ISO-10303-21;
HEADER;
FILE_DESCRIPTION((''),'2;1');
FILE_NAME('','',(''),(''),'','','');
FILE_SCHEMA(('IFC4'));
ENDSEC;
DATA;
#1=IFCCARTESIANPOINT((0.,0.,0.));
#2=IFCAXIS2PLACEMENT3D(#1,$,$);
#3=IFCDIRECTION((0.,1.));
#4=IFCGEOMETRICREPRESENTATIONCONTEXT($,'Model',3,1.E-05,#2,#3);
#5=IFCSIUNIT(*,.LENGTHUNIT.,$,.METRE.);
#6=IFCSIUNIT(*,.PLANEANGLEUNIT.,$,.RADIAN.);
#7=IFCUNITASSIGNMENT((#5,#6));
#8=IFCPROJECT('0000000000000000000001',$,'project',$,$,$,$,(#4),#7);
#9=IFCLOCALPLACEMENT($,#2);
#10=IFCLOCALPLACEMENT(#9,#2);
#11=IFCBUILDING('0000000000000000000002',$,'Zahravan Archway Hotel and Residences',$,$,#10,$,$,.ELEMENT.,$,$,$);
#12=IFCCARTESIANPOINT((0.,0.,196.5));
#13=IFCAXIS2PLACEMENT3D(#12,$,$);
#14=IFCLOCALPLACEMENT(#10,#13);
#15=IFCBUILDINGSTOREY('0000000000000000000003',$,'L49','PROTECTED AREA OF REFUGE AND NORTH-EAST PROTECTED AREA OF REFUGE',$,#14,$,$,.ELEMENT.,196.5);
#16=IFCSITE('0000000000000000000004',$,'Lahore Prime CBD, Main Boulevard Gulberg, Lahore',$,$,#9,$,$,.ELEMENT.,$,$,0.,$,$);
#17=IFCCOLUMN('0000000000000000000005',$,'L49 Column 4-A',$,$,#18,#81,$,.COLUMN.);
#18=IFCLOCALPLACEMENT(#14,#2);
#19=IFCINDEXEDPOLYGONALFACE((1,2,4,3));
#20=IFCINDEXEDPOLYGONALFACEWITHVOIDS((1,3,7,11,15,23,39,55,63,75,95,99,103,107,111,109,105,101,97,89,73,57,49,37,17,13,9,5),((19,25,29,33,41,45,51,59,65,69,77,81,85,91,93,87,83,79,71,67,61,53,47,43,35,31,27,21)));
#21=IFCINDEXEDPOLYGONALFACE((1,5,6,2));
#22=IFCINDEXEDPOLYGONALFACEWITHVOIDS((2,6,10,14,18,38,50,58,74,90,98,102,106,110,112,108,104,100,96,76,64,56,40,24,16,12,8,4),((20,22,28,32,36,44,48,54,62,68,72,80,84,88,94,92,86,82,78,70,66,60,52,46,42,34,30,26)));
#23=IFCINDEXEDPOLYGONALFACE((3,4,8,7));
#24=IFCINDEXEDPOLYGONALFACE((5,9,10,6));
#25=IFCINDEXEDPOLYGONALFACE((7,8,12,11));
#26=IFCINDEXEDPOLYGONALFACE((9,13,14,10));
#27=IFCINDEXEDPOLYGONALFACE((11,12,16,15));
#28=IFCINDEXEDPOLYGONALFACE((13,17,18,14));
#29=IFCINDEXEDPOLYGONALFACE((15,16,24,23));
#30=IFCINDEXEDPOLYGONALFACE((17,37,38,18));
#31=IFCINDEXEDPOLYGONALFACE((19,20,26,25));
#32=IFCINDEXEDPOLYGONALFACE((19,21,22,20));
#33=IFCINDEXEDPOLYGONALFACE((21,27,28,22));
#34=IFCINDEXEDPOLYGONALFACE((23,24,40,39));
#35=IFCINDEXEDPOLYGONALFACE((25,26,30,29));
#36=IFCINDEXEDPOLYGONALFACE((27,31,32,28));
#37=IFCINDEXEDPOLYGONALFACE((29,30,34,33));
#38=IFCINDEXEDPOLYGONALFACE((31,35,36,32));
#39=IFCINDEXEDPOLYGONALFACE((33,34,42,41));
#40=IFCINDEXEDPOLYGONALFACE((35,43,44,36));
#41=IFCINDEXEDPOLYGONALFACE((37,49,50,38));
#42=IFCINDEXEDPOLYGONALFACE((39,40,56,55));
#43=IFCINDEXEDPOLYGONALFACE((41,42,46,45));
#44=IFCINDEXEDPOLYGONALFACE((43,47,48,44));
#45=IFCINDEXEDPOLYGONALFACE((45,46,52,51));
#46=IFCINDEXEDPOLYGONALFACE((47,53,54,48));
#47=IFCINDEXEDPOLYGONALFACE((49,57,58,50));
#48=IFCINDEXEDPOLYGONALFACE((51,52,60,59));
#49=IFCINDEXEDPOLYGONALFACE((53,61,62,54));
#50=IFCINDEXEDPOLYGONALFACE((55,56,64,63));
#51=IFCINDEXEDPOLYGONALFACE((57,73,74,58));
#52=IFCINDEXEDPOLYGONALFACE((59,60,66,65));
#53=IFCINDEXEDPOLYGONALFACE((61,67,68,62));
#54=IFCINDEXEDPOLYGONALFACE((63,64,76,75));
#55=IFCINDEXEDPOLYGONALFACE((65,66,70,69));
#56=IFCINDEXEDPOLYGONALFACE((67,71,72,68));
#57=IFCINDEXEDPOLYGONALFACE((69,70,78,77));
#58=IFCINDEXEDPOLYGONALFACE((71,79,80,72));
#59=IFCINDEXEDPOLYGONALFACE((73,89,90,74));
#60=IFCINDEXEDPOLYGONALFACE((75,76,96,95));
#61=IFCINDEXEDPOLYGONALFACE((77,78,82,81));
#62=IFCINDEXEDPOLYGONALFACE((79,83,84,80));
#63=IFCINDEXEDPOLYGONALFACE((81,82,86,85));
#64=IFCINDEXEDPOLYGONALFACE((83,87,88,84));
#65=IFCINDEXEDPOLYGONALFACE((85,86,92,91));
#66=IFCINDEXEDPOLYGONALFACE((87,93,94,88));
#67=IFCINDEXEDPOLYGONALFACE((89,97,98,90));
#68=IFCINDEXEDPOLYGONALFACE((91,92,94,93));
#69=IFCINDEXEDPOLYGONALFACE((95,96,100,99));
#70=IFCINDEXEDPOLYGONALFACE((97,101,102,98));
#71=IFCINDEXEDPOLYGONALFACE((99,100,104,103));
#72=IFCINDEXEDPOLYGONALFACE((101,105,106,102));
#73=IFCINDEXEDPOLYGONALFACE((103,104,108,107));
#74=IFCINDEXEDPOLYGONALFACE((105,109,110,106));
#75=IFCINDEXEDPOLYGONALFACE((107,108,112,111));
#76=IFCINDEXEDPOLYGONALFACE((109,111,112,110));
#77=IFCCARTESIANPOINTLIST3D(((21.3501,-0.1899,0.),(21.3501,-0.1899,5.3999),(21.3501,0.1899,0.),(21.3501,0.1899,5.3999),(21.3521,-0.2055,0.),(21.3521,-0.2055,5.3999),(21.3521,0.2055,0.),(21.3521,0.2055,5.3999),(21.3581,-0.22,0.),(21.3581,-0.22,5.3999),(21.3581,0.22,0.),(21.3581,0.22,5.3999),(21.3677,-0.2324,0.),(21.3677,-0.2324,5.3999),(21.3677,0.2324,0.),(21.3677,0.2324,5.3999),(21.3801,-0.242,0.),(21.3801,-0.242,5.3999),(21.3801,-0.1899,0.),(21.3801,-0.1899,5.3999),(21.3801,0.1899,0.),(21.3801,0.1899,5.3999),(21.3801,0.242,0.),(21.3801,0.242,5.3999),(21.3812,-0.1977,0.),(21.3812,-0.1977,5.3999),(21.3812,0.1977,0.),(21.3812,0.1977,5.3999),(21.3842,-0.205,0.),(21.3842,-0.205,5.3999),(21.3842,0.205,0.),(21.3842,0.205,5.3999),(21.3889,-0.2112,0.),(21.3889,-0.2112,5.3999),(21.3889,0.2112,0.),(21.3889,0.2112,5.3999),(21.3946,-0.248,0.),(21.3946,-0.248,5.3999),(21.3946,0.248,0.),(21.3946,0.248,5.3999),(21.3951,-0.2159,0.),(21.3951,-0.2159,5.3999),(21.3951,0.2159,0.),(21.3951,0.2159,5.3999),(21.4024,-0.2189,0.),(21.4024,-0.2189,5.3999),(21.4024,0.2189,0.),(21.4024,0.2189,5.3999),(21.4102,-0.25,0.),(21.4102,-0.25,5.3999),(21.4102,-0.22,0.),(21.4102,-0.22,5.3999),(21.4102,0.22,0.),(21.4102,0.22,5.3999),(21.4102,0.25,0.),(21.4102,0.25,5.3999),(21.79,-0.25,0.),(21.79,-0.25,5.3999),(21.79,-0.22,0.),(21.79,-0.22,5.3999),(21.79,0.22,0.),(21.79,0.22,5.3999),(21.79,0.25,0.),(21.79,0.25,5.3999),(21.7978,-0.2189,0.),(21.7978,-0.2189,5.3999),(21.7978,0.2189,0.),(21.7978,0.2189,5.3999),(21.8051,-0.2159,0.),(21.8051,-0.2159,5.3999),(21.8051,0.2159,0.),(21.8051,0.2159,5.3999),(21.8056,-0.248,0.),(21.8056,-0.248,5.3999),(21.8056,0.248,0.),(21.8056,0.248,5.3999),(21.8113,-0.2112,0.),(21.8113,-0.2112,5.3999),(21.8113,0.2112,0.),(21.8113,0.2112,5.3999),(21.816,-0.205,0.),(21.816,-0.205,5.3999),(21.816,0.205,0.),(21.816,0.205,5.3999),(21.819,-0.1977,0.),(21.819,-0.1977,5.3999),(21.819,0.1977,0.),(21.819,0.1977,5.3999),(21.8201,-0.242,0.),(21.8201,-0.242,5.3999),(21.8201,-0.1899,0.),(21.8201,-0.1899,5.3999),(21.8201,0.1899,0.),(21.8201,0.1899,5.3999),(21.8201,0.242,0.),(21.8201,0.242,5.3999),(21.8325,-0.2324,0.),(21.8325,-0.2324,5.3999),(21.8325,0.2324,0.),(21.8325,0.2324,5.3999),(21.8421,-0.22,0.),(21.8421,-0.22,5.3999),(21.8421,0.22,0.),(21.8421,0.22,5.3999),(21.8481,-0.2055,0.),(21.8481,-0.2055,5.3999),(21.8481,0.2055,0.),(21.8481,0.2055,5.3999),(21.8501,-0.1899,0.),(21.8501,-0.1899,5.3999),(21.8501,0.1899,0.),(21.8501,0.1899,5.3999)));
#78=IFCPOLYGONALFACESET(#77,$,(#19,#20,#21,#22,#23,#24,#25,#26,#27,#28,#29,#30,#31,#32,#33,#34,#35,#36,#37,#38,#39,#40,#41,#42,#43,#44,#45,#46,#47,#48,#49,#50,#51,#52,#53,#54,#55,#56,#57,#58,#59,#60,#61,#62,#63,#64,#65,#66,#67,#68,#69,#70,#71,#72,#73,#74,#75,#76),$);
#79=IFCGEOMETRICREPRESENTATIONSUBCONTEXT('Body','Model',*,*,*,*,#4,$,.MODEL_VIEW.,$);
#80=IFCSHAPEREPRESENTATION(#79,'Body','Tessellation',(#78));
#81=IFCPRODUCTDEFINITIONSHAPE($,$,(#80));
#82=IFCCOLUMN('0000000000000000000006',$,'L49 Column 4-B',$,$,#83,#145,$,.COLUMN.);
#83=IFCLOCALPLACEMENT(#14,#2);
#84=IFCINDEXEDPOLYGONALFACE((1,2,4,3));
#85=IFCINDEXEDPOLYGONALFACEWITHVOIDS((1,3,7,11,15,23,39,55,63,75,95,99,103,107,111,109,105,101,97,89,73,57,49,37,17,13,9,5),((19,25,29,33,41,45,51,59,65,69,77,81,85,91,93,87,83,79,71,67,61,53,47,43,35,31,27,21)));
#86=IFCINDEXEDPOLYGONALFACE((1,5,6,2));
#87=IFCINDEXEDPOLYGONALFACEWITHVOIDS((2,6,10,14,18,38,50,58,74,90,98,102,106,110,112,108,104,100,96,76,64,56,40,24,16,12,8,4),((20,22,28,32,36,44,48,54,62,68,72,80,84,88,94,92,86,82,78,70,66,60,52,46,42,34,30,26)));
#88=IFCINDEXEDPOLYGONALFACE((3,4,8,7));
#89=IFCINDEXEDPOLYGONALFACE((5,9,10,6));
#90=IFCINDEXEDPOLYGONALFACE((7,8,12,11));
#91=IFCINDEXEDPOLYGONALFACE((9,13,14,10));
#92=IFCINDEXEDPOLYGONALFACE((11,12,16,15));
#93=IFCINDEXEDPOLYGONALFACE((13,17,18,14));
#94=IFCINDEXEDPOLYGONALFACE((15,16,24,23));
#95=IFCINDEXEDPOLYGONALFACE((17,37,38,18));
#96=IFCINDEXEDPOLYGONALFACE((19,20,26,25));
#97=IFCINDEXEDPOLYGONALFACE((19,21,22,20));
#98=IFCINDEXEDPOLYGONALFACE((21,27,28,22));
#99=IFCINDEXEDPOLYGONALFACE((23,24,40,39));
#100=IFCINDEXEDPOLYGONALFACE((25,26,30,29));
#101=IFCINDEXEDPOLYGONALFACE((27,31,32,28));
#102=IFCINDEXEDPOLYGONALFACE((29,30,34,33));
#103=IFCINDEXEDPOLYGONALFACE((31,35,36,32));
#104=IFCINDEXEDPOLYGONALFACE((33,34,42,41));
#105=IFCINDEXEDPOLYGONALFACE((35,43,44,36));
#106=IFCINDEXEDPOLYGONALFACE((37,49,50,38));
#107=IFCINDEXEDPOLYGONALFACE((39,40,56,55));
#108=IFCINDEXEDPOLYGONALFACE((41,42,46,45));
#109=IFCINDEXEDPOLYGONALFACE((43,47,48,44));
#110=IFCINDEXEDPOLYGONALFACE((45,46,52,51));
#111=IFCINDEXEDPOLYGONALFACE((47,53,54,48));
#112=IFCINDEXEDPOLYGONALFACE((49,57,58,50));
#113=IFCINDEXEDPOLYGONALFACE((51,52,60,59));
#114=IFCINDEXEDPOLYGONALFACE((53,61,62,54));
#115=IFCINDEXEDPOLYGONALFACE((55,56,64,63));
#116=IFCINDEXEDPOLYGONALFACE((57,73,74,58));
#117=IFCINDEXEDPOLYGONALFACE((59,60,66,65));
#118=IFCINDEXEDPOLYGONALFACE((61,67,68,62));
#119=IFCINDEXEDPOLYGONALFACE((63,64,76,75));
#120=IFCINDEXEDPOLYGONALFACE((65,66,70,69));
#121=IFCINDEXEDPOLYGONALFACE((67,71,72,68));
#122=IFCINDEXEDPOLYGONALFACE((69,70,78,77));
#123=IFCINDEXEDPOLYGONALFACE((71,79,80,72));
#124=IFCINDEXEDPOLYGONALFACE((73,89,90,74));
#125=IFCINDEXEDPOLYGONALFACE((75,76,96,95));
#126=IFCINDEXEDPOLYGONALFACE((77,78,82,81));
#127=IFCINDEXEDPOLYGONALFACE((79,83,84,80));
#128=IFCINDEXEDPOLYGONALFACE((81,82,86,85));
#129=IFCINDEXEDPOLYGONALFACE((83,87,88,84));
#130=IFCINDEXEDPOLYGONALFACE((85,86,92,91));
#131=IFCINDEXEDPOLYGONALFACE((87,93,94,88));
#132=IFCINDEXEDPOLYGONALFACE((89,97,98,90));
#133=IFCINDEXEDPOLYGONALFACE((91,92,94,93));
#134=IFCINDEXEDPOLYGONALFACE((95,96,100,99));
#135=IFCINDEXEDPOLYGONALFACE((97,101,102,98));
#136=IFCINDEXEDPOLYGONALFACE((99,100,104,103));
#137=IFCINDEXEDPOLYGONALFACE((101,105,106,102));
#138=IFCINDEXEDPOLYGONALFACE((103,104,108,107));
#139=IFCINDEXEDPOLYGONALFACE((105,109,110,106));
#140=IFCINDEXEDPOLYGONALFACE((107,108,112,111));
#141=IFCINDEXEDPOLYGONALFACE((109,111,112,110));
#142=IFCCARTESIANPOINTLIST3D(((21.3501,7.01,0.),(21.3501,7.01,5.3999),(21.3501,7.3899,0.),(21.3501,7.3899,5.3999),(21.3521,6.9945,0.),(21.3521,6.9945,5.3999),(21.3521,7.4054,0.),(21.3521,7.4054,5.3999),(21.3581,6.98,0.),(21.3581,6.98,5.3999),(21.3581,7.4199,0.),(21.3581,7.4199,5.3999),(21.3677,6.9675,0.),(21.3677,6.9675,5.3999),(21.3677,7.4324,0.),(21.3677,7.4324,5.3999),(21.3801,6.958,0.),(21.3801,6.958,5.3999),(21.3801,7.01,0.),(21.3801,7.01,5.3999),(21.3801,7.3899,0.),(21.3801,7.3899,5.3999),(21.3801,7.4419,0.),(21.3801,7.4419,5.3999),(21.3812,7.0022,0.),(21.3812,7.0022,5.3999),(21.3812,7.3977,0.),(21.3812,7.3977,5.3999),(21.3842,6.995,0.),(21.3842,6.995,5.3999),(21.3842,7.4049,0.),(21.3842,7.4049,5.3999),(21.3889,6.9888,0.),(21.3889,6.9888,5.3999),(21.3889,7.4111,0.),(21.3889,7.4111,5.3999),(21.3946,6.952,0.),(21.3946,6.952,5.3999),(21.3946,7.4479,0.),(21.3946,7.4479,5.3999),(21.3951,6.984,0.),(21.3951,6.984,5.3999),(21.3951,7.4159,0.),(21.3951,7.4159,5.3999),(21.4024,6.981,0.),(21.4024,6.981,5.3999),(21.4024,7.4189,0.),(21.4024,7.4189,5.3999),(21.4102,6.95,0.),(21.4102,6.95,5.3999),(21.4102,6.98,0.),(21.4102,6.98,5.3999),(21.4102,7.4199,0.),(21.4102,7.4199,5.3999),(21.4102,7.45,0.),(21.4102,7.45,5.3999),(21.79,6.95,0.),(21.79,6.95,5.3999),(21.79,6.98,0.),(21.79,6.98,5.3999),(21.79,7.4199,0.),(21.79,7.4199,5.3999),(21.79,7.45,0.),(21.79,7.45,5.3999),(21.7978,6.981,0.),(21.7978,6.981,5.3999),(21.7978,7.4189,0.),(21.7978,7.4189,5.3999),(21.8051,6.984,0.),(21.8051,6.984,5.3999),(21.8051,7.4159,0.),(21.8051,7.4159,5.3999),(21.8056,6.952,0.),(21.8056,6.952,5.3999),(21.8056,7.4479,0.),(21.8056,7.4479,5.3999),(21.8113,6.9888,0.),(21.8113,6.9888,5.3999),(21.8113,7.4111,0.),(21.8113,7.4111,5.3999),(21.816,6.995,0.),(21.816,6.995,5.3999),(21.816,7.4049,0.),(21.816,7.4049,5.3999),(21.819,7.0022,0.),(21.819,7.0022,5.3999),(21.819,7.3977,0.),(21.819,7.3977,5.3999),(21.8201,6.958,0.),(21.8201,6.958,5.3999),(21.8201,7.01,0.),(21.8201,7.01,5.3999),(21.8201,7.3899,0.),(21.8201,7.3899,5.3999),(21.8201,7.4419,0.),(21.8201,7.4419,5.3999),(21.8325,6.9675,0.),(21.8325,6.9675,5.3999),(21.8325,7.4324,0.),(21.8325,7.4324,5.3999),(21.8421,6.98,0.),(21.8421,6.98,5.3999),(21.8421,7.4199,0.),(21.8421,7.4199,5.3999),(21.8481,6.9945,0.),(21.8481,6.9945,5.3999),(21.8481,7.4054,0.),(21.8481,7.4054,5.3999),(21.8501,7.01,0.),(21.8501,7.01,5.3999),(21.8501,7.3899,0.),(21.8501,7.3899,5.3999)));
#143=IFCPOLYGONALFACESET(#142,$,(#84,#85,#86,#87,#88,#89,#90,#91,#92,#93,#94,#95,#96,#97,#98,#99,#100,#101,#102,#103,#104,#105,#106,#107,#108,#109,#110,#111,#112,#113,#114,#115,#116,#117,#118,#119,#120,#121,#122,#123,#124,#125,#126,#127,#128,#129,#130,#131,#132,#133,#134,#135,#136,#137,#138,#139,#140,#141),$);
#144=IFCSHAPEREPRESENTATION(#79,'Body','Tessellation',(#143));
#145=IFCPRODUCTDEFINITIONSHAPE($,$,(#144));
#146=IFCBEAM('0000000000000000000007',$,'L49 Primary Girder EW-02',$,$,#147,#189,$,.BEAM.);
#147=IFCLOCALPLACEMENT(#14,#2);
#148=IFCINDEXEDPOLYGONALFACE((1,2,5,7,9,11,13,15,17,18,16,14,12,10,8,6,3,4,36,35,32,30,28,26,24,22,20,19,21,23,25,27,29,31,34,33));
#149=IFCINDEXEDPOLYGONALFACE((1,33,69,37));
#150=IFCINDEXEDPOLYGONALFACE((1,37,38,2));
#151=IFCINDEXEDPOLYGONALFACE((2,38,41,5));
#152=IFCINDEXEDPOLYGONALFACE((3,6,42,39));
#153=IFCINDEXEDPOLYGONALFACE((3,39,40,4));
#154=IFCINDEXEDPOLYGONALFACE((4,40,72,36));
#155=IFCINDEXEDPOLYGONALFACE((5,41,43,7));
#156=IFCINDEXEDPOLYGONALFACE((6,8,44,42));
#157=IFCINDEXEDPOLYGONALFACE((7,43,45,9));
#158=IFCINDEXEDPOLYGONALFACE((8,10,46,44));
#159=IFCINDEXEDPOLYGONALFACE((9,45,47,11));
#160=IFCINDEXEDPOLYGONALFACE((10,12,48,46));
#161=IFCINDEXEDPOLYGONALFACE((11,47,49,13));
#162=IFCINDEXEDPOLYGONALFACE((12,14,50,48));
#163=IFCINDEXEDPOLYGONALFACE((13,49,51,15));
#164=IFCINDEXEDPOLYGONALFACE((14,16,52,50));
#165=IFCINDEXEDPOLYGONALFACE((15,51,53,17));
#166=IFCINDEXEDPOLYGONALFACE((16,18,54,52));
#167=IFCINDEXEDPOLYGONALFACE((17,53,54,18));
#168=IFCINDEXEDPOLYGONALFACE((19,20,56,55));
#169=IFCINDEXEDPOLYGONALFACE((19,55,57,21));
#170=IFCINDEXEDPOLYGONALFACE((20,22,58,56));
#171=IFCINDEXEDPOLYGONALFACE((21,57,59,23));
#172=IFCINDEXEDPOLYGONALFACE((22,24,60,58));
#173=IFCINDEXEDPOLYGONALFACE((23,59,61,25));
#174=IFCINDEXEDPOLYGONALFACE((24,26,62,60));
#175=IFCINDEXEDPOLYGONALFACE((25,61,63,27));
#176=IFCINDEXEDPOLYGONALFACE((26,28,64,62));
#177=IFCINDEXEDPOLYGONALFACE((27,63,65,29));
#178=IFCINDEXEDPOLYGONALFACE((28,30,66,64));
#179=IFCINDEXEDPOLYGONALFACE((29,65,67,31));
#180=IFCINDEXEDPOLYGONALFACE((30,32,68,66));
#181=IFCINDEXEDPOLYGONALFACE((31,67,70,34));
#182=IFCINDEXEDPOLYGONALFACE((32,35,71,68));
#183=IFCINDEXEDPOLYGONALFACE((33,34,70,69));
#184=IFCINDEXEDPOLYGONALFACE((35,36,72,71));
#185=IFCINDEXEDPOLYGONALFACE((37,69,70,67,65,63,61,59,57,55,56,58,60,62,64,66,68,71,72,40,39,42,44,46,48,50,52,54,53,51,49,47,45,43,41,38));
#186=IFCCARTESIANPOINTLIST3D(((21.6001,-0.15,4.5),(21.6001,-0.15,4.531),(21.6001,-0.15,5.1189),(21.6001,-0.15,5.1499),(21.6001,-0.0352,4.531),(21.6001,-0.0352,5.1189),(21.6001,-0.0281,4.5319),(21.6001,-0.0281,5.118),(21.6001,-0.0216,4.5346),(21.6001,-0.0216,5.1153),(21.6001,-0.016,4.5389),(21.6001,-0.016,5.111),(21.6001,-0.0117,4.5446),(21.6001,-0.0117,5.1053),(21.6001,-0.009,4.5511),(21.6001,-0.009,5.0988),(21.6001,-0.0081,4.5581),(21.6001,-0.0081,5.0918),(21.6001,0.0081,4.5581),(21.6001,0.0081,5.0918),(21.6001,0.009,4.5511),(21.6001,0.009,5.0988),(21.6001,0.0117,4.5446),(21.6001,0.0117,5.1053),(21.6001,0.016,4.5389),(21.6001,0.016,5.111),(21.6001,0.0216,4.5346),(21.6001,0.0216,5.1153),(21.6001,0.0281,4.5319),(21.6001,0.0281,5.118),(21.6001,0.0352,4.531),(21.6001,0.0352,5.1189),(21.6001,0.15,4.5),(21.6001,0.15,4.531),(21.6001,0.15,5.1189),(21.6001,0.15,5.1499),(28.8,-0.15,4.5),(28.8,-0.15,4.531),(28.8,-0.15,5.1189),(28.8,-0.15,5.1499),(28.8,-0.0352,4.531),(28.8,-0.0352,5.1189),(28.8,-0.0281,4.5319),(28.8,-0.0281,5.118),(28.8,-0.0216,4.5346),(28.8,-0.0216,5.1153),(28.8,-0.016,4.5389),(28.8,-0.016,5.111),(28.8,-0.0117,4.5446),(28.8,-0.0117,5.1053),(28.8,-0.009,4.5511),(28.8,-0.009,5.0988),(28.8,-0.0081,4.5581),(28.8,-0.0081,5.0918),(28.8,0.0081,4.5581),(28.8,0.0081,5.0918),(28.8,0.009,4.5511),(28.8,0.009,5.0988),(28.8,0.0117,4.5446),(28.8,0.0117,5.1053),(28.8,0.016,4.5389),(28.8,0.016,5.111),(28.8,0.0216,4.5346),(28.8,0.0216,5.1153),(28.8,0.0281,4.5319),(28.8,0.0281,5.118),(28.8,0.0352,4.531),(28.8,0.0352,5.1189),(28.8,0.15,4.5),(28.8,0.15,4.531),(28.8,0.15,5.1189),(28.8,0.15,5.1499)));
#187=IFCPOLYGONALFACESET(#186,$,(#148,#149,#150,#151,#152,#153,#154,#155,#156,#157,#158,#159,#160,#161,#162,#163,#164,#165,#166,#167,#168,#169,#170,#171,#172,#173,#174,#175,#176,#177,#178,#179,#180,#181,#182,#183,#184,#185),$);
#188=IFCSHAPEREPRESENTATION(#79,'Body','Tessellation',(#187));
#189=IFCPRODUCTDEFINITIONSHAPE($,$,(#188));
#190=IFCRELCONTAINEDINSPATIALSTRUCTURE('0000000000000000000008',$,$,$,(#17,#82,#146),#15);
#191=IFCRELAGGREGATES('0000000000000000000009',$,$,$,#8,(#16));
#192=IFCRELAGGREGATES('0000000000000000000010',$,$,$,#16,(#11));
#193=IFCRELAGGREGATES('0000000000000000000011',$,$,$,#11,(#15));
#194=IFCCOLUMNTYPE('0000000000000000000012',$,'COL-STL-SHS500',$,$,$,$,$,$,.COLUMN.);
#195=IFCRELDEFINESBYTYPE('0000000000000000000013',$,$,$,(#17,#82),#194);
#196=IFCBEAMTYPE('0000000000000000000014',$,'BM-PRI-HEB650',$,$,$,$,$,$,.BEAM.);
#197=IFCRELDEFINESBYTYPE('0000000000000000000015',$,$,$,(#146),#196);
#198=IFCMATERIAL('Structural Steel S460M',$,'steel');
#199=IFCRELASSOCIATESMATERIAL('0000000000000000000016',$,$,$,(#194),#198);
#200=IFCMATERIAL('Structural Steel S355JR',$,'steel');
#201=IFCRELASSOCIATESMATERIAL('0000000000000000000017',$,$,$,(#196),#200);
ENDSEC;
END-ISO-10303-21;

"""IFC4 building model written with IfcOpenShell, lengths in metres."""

from ifc_helpers import new_model, si_unit, direction, frame, origin, origin_2d, place, context, subcontext, project, spatial, hollow_rectangle, i_section, extrude, source, transform, mapped, material, material_profile, profile_set, type_object, type_shapes, element, save


model = new_model("IFC4")

# Units and contexts
model_context = context("Model", 3, precision=1e-05, world=origin(), true_north=direction((0.0, 1.0)))
body_context = subcontext(model_context, "Body", "Model", "MODEL_VIEW")
ifc_project = project(units=[si_unit("LENGTHUNIT", "METRE"), si_unit("PLANEANGLEUNIT", "RADIAN")], contexts=[model_context])

# Site, building, storey
site_placement = place(None, origin())
site = spatial("IfcSite", under=ifc_project, at=site_placement, Name="Lahore Prime CBD, Main Boulevard Gulberg, Lahore", CompositionType="ELEMENT", RefElevation=0.0)
building_placement = place(site_placement, origin())
building = spatial("IfcBuilding", under=site, at=building_placement, Name="Zahravan Archway Hotel and Residences", CompositionType="ELEMENT")
storey_placement = place(building_placement, frame((0.0, 0.0, 196.5)))
storey = spatial("IfcBuildingStorey", under=building, at=storey_placement, Name="L49", Description="PROTECTED AREA OF REFUGE AND NORTH-EAST PROTECTED AREA OF REFUGE", CompositionType="ELEMENT", Elevation=196.5)

# Columns
ifc_material_1 = material(Name="Structural Steel S460M", Category="steel")
ifc_material_profile_1 = material_profile(ifc_material_1, hollow_rectangle(XDim=0.5, YDim=0.5, WallThickness=0.03, InnerFilletRadius=0.03, OuterFilletRadius=0.0601, at=origin_2d()), Name="SHS 500x500x30", Category="steel")
ifc_profile_set_1 = profile_set([ifc_material_profile_1], Name="Structural Steel S460M")
column_type = type_object("IfcColumnType", Name="COL-STL-SHS500", PredefinedType="COLUMN", material=ifc_profile_set_1)
shared_shape_1 = source(origin(), body_context, "Body", "SweptSolid", [
    extrude(hollow_rectangle(XDim=0.5, YDim=0.5, WallThickness=0.03, InnerFilletRadius=0.03, OuterFilletRadius=0.0601, at=origin_2d()), origin(), (0.0, 0.0, 1.0), 5.3999),
])
type_shapes(column_type, [shared_shape_1])
for number, where, z_axis, x_axis, name in (
    (1, (21.6001, 0.0, 0.0), (0.0, 0.0, 1.0), (1.0, 0.0, 0.0), "L49 Column 4-A"),
    (2, (21.6001, 7.2, 0.0), (0.0, 0.0, 1.0), (1.0, 0.0, 0.0), "L49 Column 4-B"),
):
    element("IfcColumn", number, at=place(storey_placement, frame(where, z_axis=z_axis, x_axis=x_axis)), inside=storey, type_object=column_type, Name=name, PredefinedType="COLUMN", context=body_context, shape_type="MappedRepresentation", body=[
        mapped(shared_shape_1, transform((0.0, 0.0, 0.0), scale=1.0)),
    ])

# Beam
ifc_material_2 = material(Name="Structural Steel S355JR", Category="steel")
ifc_material_profile_2 = material_profile(ifc_material_2, i_section(OverallWidth=0.3, OverallDepth=0.6499, WebThickness=0.0161, FlangeThickness=0.031, FilletRadius=0.0271, at=origin_2d()), Name="HEB 650", Category="steel")
ifc_profile_set_2 = profile_set([ifc_material_profile_2], Name="Structural Steel S355JR")
beam_type_1 = type_object("IfcBeamType", Name="BM-PRI-HEB650", PredefinedType="BEAM", material=ifc_profile_set_2)
shared_shape_2 = source(origin(), body_context, "Body", "SweptSolid", [
    extrude(i_section(OverallWidth=0.3, OverallDepth=0.6499, WebThickness=0.0161, FlangeThickness=0.031, FilletRadius=0.0271, at=origin_2d()), origin(), (0.0, 0.0, 1.0), 7.2),
])
for number, where, z_axis, x_axis, name in (
    (3, (21.6001, 0.0, 4.825), (1.0, 0.0, 0.0), (0.0, 1.0, 0.0), "L49 Primary Girder EW-02"),
):
    element("IfcBeam", number, at=place(storey_placement, frame(where, z_axis=z_axis, x_axis=x_axis)), inside=storey, type_object=beam_type_1, Name=name, PredefinedType="BEAM", context=body_context, shape_type="MappedRepresentation", body=[
        mapped(shared_shape_2, transform((0.0, 0.0, 0.0), scale=1.0)),
    ])

save(model, "model.ifc")
